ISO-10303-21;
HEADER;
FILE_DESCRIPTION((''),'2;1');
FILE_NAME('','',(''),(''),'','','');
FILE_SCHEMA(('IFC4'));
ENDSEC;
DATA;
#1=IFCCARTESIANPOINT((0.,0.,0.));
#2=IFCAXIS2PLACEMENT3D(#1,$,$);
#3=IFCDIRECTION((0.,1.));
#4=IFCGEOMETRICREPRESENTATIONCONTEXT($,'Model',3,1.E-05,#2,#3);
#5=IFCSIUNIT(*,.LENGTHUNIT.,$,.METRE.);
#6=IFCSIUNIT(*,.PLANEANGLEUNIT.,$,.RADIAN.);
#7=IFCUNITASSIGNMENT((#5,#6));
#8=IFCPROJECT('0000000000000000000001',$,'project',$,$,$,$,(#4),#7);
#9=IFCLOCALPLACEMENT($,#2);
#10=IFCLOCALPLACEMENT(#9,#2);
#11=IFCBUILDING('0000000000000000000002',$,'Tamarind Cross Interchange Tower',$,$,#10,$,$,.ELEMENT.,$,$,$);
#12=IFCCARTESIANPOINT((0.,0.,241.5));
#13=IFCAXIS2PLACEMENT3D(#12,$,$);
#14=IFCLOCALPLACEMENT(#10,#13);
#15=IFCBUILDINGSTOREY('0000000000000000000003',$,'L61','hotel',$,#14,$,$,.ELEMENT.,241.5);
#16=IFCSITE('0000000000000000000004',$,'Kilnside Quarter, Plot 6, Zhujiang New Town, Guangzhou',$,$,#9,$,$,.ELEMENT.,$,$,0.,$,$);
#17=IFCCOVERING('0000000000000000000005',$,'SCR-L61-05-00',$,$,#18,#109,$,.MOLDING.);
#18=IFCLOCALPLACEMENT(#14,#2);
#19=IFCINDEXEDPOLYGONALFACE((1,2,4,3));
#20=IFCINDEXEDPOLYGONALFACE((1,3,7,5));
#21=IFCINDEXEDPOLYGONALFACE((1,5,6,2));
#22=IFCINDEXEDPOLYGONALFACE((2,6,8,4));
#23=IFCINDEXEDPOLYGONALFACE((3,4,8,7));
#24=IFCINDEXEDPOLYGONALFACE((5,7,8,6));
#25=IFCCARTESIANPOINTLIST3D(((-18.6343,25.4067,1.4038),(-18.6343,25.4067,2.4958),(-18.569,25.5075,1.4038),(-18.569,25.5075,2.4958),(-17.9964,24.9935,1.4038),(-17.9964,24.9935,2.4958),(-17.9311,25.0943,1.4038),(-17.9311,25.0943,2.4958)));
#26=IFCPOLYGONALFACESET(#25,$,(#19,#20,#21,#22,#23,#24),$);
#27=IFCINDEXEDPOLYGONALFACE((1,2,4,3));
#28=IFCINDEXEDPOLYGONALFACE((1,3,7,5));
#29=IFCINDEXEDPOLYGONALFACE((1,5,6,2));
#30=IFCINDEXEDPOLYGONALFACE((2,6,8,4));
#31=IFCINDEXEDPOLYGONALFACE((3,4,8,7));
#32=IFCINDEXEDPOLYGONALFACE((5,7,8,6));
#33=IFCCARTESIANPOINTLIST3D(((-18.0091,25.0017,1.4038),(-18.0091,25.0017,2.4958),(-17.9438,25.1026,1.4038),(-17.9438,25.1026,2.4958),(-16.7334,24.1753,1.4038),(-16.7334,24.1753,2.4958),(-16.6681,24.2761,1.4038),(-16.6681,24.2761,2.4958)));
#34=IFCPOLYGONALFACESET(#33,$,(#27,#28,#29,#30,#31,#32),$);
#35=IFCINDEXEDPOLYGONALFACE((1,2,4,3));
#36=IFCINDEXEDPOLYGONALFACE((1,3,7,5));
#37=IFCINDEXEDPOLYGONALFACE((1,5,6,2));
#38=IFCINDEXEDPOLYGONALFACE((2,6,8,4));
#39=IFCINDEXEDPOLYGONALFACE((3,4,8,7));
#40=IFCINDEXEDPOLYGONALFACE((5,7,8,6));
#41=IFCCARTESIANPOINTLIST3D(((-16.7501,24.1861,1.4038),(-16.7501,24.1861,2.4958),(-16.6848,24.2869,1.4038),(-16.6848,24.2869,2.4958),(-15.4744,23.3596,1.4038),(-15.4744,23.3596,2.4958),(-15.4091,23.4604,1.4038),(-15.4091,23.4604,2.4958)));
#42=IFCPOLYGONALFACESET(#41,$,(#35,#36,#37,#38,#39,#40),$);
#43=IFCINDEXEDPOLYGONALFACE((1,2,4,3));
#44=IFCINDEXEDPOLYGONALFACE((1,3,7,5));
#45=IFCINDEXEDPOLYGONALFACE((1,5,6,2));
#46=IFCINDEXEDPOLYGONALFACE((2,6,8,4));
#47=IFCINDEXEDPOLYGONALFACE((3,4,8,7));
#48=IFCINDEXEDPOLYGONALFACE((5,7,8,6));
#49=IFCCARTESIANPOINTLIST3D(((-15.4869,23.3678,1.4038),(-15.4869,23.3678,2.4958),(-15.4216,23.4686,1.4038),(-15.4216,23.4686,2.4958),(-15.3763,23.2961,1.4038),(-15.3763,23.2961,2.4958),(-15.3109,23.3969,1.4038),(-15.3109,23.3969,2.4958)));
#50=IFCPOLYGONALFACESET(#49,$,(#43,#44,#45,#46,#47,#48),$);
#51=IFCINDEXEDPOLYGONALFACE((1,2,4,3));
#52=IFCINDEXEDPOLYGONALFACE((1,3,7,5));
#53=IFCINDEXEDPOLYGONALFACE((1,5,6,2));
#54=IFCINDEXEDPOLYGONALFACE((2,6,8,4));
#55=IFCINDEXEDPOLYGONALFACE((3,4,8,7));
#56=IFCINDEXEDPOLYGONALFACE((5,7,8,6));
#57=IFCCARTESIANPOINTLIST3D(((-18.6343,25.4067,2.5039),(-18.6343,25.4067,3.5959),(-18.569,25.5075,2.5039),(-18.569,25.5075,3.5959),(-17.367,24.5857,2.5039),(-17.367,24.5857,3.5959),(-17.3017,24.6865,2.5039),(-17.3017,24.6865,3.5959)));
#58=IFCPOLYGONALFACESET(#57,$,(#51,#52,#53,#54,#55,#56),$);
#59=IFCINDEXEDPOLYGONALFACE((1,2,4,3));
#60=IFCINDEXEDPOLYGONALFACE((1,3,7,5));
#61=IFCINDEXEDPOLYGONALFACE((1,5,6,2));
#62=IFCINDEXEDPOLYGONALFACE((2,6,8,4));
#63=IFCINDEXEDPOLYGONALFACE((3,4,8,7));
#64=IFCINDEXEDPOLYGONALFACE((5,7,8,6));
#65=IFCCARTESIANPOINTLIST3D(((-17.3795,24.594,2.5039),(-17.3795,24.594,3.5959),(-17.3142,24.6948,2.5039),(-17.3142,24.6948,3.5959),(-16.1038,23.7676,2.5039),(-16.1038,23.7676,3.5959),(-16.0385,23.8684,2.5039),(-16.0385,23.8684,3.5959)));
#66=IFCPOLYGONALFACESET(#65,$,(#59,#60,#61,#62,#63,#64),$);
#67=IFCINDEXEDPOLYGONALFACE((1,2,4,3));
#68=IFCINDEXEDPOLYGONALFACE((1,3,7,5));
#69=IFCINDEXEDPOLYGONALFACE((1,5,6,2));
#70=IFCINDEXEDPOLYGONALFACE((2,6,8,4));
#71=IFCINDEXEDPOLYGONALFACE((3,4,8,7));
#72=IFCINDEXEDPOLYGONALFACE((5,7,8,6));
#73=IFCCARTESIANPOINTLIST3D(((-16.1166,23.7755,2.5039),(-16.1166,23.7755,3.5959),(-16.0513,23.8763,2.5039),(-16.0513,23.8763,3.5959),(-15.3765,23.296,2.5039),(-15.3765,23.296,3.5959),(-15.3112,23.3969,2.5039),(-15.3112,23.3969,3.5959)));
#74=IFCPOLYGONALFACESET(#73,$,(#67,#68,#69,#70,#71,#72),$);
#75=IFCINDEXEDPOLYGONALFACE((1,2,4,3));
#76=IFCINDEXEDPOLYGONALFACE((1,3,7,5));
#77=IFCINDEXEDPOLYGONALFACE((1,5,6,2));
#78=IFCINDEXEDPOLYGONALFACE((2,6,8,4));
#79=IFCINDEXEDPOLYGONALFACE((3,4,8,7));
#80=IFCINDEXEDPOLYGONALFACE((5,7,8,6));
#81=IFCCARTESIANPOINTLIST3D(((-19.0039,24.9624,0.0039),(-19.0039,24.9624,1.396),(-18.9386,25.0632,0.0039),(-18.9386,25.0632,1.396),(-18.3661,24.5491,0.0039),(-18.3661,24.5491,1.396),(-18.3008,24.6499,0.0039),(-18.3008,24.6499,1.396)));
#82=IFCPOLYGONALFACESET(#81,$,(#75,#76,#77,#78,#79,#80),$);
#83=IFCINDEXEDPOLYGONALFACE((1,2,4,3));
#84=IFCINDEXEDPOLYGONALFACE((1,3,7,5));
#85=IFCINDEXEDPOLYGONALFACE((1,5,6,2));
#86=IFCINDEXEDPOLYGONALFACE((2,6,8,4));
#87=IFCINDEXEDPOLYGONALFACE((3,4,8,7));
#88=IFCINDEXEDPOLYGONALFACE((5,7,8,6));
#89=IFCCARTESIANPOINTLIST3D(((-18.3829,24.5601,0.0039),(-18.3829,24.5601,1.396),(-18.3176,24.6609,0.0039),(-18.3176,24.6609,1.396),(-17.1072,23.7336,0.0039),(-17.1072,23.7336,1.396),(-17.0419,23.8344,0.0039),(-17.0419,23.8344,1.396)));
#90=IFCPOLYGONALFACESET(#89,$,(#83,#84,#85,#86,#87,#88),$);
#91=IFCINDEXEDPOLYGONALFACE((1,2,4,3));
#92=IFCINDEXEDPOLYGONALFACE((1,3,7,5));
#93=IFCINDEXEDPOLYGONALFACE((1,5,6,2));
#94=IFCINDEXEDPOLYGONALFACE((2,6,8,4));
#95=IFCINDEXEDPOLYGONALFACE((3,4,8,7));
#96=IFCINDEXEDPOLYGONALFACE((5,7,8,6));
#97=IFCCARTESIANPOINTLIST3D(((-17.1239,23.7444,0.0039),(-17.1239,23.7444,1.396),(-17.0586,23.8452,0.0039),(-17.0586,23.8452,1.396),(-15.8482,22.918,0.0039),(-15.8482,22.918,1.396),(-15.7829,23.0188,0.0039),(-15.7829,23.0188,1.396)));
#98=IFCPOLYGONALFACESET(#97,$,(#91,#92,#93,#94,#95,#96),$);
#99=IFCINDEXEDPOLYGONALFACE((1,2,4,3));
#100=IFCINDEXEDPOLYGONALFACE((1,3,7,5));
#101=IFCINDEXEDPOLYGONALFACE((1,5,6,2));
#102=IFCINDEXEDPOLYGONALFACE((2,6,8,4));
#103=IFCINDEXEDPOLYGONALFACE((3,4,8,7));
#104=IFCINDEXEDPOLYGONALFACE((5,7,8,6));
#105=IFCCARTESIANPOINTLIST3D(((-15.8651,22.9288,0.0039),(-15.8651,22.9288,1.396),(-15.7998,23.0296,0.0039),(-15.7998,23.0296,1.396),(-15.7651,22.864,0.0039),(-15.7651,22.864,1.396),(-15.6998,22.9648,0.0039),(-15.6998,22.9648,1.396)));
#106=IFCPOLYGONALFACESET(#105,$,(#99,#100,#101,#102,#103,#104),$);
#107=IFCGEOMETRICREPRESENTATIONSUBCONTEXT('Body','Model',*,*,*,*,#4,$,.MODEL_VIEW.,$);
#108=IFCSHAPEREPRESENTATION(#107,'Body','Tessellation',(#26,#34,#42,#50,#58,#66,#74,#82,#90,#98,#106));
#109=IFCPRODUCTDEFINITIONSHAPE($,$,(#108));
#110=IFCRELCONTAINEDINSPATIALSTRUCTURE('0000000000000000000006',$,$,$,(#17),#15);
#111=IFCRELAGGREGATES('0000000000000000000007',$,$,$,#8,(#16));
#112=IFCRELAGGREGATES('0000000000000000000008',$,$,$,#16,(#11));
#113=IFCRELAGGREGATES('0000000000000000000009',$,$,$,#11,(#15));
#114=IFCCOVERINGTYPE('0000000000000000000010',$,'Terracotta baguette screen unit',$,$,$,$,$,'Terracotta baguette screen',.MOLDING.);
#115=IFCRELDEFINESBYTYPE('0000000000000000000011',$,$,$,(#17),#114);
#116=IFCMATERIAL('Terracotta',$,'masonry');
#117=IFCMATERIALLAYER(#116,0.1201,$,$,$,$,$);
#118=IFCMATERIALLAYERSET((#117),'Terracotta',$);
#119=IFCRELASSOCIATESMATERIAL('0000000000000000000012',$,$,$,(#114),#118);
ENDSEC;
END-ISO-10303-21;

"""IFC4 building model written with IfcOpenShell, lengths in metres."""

from ifc_helpers import new_model, si_unit, direction, frame, origin, origin_2d, place, context, subcontext, project, spatial, rectangle, extrude, material, layer, layer_set, type_object, element, save


model = new_model("IFC4")

# Units and contexts
model_context = context("Model", 3, precision=1e-05, world=origin(), true_north=direction((0.0, 1.0)))
body_context = subcontext(model_context, "Body", "Model", "MODEL_VIEW")
ifc_project = project(units=[si_unit("LENGTHUNIT", "METRE"), si_unit("PLANEANGLEUNIT", "RADIAN")], contexts=[model_context])

# Site, building, storey
site_placement = place(None, origin())
site = spatial("IfcSite", under=ifc_project, at=site_placement, Name="Kilnside Quarter, Plot 6, Zhujiang New Town, Guangzhou", CompositionType="ELEMENT", RefElevation=0.0)
building_placement = place(site_placement, origin())
building = spatial("IfcBuilding", under=site, at=building_placement, Name="Tamarind Cross Interchange Tower", CompositionType="ELEMENT")
storey_placement = place(building_placement, frame((0.0, 0.0, 241.5)))
storey = spatial("IfcBuildingStorey", under=building, at=storey_placement, Name="L61", Description="hotel", CompositionType="ELEMENT", Elevation=241.5)

# Covering
ifc_material_1 = material(Name="Terracotta", Category="masonry")
ifc_layer_1 = layer(ifc_material_1, 0.1201)
ifc_layer_set_1 = layer_set([ifc_layer_1], Name="Terracotta")
covering_type = type_object("IfcCoveringType", Name="Terracotta baguette screen unit", ElementType="Terracotta baguette screen", PredefinedType="MOLDING", material=ifc_layer_set_1)
covering_1_placement = place(storey_placement, origin())
element("IfcCovering", 1, at=covering_1_placement, inside=storey, type_object=covering_type, Name="SCR-L61-05-00", PredefinedType="MOLDING", context=body_context, shape_type="SweptSolid", body=[
    extrude(rectangle(XDim=0.76, YDim=0.1201, at=origin_2d()), frame((-18.2827, 25.2505, 1.4038), z_axis=(0.0, 0.0, 1.0), x_axis=(0.839266, -0.543721, 0.0)), (0.0, 0.0, 1.0), 1.092),
    extrude(rectangle(XDim=1.52, YDim=0.1201, at=origin_2d()), frame((-17.3386, 24.6389, 1.4038), z_axis=(0.0, 0.0, 1.0), x_axis=(0.839266, -0.543721, 0.0)), (0.0, 0.0, 1.0), 1.092),
    extrude(rectangle(XDim=1.52, YDim=0.1201, at=origin_2d()), frame((-16.0796, 23.8232, 1.4038), z_axis=(0.0, 0.0, 1.0), x_axis=(0.839266, -0.543721, 0.0)), (0.0, 0.0, 1.0), 1.092),
    extrude(rectangle(XDim=0.1318, YDim=0.1201, at=origin_2d()), frame((-15.3989, 23.3823, 1.4038), z_axis=(0.0, 0.0, 1.0), x_axis=(0.839266, -0.543721, 0.0)), (0.0, 0.0, 1.0), 1.092),
    extrude(rectangle(XDim=1.51, YDim=0.1201, at=origin_2d()), frame((-17.968, 25.0466, 2.5039), z_axis=(0.0, 0.0, 1.0), x_axis=(0.839266, -0.543721, 0.0)), (0.0, 0.0, 1.0), 1.092),
    extrude(rectangle(XDim=1.52, YDim=0.1201, at=origin_2d()), frame((-16.709, 24.2312, 2.5039), z_axis=(0.0, 0.0, 1.0), x_axis=(0.839266, -0.543721, 0.0)), (0.0, 0.0, 1.0), 1.092),
    extrude(rectangle(XDim=0.8818, YDim=0.1201, at=origin_2d()), frame((-15.7139, 23.5862, 2.5039), z_axis=(0.0, 0.0, 1.0), x_axis=(0.839266, -0.543721, 0.0)), (0.0, 0.0, 1.0), 1.092),
    extrude(rectangle(XDim=0.76, YDim=0.1201, at=origin_2d()), frame((-18.6523, 24.8062, 0.0039), z_axis=(0.0, 0.0, 1.0), x_axis=(0.839266, -0.543721, 0.0)), (0.0, 0.0, 1.0), 1.3921),
    extrude(rectangle(XDim=1.52, YDim=0.1201, at=origin_2d()), frame((-17.7124, 24.1973, 0.0039), z_axis=(0.0, 0.0, 1.0), x_axis=(0.839266, -0.543721, 0.0)), (0.0, 0.0, 1.0), 1.3921),
    extrude(rectangle(XDim=1.52, YDim=0.1201, at=origin_2d()), frame((-16.4534, 23.3816, 0.0039), z_axis=(0.0, 0.0, 1.0), x_axis=(0.839266, -0.543721, 0.0)), (0.0, 0.0, 1.0), 1.3921),
    extrude(rectangle(XDim=0.1191, YDim=0.1201, at=origin_2d()), frame((-15.7825, 22.9468, 0.0039), z_axis=(0.0, 0.0, 1.0), x_axis=(0.839266, -0.543721, 0.0)), (0.0, 0.0, 1.0), 1.3921),
])

save(model, "model.ifc")
